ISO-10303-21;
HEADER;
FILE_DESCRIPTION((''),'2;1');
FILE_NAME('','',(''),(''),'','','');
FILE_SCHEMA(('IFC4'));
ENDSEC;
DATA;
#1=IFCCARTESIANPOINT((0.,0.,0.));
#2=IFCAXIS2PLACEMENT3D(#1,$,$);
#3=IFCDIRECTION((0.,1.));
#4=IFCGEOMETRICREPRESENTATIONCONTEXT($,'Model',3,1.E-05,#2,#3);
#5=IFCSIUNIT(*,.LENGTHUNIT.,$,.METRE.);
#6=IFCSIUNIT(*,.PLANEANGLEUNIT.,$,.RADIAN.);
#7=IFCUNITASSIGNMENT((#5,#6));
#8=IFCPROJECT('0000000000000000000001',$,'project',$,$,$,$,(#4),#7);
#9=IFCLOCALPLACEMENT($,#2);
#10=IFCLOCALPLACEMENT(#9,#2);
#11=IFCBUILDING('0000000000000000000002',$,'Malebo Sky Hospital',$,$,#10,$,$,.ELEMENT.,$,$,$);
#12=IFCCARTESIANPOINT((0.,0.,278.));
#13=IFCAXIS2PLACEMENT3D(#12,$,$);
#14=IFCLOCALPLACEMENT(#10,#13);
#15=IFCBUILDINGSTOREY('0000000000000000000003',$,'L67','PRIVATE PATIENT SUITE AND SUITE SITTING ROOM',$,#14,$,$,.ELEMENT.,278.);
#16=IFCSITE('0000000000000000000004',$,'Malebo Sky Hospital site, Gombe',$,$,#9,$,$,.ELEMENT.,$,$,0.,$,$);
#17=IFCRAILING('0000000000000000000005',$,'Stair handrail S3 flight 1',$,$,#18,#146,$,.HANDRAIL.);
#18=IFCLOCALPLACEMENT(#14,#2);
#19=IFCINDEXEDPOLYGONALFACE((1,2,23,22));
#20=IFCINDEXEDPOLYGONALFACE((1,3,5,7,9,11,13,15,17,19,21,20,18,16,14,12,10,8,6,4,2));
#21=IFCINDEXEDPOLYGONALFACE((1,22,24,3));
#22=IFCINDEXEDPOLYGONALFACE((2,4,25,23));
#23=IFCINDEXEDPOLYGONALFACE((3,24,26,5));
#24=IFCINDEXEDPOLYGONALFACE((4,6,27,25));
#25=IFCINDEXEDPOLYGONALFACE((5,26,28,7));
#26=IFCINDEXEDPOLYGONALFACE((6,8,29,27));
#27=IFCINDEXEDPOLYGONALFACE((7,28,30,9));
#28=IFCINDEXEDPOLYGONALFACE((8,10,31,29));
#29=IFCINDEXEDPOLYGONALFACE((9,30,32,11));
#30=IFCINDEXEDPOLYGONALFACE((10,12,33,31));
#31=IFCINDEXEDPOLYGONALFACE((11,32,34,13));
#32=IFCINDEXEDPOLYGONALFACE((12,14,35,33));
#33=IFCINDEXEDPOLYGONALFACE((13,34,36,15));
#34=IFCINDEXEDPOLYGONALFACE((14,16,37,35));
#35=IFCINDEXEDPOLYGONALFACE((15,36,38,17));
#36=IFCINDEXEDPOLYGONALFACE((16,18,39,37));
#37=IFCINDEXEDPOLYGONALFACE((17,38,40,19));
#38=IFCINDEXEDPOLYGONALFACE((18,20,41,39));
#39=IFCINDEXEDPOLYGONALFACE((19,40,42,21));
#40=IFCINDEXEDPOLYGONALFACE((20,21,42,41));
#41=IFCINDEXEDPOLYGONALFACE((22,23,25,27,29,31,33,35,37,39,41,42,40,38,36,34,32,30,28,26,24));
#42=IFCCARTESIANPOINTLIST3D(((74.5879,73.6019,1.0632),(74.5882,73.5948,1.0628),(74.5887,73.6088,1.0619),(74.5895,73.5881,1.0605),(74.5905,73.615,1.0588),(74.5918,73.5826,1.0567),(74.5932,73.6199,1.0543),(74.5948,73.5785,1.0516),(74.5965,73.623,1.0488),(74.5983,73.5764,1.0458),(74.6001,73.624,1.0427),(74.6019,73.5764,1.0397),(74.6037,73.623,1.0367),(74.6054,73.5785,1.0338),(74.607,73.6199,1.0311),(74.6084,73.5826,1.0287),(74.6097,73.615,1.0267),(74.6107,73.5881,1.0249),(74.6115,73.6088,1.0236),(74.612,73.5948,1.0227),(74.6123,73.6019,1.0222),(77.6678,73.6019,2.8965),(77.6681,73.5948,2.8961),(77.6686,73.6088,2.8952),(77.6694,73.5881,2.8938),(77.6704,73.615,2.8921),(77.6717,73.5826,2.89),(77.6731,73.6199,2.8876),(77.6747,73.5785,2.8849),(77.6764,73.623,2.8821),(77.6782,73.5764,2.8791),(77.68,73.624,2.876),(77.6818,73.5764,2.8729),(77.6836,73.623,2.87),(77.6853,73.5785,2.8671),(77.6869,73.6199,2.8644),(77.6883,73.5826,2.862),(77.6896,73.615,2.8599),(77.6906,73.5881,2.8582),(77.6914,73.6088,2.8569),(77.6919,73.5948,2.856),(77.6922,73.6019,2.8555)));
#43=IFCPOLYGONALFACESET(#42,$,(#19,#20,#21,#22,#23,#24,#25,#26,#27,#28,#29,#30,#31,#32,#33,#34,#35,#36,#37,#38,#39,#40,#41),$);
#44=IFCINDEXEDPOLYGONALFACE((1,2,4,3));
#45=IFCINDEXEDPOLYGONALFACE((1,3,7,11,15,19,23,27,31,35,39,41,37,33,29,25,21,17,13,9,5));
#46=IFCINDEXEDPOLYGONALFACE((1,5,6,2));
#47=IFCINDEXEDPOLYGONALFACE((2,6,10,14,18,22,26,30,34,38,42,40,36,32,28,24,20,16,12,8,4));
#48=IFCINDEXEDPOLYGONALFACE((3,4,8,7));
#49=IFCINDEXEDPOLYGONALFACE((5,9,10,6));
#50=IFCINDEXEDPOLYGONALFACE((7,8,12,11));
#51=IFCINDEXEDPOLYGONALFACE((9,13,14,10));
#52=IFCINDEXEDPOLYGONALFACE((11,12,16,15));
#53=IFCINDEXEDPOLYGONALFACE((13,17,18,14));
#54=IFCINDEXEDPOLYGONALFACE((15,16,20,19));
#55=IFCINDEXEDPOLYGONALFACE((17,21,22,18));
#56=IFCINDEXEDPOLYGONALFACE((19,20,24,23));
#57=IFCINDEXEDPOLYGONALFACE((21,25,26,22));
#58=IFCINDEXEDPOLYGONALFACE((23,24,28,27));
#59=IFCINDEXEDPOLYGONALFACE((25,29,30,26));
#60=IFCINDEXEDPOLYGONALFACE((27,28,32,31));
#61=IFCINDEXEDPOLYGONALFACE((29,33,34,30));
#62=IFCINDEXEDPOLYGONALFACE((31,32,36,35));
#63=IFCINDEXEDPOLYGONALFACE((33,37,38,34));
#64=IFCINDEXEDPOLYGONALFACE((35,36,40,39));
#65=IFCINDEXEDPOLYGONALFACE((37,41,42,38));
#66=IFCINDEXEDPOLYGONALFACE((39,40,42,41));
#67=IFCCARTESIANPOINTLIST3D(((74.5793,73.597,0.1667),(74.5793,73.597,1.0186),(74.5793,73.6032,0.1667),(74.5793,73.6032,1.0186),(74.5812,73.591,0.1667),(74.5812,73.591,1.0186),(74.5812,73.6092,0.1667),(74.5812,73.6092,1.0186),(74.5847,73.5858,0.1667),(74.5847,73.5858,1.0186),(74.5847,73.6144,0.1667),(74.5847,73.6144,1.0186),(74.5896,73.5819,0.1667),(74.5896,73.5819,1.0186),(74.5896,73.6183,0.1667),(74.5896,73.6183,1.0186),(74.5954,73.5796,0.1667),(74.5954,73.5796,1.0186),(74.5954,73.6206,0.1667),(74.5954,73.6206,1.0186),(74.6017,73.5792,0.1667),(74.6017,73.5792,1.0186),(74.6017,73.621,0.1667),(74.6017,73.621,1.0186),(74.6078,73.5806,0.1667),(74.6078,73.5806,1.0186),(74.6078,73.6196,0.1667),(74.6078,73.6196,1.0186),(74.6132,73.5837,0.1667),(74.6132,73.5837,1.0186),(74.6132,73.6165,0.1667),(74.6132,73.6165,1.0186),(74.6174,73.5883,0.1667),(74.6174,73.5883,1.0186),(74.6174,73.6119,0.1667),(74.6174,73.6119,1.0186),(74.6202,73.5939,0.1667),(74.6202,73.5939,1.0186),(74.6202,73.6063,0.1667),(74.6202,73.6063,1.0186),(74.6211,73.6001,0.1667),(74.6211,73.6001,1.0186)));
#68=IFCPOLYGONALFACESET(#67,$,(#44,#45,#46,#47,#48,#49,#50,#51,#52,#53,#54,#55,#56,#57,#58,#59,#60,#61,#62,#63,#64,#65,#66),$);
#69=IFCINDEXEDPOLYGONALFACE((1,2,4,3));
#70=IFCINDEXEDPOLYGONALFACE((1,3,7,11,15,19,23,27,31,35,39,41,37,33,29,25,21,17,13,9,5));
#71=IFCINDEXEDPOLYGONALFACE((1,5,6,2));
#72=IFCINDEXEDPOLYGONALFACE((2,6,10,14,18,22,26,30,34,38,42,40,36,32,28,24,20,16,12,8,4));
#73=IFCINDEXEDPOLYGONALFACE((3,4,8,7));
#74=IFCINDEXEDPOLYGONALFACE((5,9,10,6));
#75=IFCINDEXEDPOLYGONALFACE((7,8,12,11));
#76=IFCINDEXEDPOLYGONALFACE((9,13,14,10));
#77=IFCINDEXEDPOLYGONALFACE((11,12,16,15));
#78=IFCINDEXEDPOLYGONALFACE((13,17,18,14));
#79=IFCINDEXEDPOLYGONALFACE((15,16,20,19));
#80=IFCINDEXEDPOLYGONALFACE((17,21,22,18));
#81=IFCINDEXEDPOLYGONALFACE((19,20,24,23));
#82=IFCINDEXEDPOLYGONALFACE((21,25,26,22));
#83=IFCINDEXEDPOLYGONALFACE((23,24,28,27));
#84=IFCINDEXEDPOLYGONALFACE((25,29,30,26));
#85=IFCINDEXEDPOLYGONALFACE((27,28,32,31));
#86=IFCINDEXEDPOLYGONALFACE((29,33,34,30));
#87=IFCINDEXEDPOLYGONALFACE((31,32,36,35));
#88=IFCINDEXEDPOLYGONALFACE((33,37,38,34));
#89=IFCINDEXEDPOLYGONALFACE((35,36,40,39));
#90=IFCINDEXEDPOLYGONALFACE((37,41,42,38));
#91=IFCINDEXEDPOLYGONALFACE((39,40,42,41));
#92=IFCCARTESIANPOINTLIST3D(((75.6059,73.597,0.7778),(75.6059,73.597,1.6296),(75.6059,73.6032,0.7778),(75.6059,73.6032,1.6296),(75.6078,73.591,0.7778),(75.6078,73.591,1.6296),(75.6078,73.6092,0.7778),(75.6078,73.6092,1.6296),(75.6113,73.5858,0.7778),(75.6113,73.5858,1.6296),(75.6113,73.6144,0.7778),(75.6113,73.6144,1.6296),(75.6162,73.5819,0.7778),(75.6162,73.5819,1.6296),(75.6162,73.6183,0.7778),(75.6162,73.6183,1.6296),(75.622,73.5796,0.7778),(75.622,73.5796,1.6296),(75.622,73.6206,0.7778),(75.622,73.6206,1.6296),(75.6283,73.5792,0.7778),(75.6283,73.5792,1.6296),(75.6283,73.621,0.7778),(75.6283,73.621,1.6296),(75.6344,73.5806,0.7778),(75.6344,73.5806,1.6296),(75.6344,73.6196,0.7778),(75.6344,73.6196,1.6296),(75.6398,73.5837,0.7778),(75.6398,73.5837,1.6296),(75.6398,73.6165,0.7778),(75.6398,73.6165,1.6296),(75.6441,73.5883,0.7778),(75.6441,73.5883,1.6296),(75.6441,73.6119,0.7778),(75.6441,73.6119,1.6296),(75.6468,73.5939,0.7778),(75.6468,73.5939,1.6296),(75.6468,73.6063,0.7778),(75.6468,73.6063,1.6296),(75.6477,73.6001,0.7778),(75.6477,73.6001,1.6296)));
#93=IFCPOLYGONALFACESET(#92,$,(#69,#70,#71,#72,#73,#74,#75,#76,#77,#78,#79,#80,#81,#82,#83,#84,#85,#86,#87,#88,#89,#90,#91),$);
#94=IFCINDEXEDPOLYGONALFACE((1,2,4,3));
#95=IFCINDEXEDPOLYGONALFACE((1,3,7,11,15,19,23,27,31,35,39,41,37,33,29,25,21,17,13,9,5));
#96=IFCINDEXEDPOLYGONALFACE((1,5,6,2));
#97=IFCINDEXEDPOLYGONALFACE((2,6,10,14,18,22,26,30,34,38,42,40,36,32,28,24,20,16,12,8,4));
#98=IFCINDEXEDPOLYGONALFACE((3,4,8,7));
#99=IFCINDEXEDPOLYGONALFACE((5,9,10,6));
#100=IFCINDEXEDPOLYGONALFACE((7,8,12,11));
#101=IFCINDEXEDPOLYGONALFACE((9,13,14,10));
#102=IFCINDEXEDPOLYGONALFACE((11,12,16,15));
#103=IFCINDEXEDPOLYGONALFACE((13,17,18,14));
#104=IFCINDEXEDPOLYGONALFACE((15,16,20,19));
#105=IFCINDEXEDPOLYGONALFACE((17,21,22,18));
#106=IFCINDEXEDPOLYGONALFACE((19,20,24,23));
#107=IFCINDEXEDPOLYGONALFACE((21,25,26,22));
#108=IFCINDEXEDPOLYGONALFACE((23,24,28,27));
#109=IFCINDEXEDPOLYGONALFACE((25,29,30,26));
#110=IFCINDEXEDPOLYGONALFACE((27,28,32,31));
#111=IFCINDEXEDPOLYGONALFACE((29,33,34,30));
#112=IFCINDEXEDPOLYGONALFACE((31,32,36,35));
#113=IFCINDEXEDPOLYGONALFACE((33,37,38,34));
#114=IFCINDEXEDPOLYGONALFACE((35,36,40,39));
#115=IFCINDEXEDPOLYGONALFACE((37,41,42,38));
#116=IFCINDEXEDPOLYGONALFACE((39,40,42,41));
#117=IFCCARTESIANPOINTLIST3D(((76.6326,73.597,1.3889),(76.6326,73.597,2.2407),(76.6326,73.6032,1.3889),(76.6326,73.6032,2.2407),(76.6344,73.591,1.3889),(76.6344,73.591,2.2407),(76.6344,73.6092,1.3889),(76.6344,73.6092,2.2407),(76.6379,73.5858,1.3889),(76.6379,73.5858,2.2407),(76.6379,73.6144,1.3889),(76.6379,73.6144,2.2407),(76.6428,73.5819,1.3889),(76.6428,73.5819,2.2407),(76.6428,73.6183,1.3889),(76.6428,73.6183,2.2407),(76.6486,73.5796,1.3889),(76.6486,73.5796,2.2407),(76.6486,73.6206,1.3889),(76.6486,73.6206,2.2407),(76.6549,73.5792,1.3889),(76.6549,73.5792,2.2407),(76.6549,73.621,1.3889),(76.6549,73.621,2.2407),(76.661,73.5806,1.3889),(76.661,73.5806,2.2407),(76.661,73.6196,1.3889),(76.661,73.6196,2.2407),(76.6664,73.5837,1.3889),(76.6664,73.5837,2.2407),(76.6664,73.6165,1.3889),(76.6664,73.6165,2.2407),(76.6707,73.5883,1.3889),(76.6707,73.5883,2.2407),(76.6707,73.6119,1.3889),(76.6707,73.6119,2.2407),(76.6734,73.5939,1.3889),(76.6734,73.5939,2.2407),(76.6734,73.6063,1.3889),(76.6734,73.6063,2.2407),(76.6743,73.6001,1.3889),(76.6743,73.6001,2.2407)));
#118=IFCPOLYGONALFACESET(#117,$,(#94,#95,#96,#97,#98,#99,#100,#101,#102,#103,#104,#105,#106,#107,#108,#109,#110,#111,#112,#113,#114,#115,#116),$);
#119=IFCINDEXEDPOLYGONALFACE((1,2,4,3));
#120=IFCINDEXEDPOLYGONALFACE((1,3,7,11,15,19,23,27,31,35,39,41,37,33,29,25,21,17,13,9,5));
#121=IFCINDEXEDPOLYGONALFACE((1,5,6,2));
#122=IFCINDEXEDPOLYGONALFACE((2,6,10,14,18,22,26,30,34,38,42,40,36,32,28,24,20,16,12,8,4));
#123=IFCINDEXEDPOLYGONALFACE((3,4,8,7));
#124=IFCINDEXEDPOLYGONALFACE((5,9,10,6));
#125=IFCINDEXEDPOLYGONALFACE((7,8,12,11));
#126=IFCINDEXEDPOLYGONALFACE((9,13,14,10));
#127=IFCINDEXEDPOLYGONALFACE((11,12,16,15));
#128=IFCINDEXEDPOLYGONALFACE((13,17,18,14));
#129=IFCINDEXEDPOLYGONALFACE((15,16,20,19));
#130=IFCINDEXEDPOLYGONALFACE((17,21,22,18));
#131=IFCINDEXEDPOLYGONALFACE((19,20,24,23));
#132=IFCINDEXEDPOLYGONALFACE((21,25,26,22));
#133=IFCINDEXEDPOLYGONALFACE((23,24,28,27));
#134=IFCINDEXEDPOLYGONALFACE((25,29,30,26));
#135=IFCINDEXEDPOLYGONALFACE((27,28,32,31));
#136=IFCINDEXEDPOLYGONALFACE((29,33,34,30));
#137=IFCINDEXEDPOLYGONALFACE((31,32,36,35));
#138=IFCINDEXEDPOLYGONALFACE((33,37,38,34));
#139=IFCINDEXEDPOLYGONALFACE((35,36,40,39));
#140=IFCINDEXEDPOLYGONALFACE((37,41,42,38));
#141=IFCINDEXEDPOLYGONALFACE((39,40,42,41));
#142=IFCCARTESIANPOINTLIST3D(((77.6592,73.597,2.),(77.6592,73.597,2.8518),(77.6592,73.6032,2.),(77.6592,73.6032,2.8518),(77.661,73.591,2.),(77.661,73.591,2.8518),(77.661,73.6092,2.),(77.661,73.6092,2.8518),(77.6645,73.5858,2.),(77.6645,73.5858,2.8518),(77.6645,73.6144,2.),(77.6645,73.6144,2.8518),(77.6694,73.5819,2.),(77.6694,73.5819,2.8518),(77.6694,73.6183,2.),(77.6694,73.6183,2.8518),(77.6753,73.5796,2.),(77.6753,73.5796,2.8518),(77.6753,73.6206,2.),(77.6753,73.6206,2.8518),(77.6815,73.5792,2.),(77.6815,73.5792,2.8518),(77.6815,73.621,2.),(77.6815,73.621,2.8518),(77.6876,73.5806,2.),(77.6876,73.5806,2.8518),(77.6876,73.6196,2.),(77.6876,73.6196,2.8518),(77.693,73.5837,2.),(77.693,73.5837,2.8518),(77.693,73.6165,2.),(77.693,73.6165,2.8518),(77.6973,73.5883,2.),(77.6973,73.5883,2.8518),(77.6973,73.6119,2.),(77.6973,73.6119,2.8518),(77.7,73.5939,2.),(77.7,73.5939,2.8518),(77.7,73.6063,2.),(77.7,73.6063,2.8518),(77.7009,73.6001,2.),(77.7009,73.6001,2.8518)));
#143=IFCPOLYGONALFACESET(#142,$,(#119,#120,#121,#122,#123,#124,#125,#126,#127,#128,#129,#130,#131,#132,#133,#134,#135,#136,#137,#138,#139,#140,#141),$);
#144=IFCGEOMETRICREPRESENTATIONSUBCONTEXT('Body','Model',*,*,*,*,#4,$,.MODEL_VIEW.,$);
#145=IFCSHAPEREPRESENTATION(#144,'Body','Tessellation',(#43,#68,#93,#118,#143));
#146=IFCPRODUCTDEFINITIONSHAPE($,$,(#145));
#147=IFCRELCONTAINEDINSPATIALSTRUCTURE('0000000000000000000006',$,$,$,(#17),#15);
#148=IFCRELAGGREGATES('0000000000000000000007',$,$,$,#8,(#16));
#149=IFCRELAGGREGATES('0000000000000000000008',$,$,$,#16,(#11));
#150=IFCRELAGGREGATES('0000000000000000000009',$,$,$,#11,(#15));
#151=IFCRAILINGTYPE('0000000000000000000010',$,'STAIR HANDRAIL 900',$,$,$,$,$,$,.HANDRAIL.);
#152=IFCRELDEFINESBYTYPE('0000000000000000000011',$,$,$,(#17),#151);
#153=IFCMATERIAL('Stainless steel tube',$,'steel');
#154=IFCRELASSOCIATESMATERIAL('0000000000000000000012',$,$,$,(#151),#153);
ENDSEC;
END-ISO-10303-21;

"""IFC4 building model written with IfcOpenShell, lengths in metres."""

from ifc_helpers import new_model, si_unit, direction, frame, origin, origin_2d, place, context, subcontext, project, spatial, circle, extrude, material, type_object, element, save


model = new_model("IFC4")

# Units and contexts
model_context = context("Model", 3, precision=1e-05, world=origin(), true_north=direction((0.0, 1.0)))
body_context = subcontext(model_context, "Body", "Model", "MODEL_VIEW")
ifc_project = project(units=[si_unit("LENGTHUNIT", "METRE"), si_unit("PLANEANGLEUNIT", "RADIAN")], contexts=[model_context])

# Site, building, storey
site_placement = place(None, origin())
site = spatial("IfcSite", under=ifc_project, at=site_placement, Name="Malebo Sky Hospital site, Gombe", CompositionType="ELEMENT", RefElevation=0.0)
building_placement = place(site_placement, origin())
building = spatial("IfcBuilding", under=site, at=building_placement, Name="Malebo Sky Hospital", CompositionType="ELEMENT")
storey_placement = place(building_placement, frame((0.0, 0.0, 278.0)))
storey = spatial("IfcBuildingStorey", under=building, at=storey_placement, Name="L67", Description="PRIVATE PATIENT SUITE AND SUITE SITTING ROOM", CompositionType="ELEMENT", Elevation=278.0)

# Railing
ifc_material_1 = material(Name="Stainless steel tube", Category="steel")
railing_type_1 = type_object("IfcRailingType", Name="STAIR HANDRAIL 900", PredefinedType="HANDRAIL", material=ifc_material_1)
railing_1_placement = place(storey_placement, frame((74.6001, 73.6001, 0.1667)))
element("IfcRailing", 1, at=railing_1_placement, inside=storey, type_object=railing_type_1, Name="Stair handrail S3 flight 1", PredefinedType="HANDRAIL", context=body_context, shape_type="SweptSolid", body=[
    extrude(circle(Radius=0.0239, at=origin_2d()), frame((0.0, 0.0, 0.876), z_axis=(0.859291, 0.0, 0.511487), x_axis=(0.0, 1.0, 0.0)), (0.0, 0.0, 1.0), 3.5842),
    extrude(circle(Radius=0.021, at=origin_2d()), origin(), (0.0, 0.0, 1.0), 0.8518),
    extrude(circle(Radius=0.021, at=origin_2d()), frame((1.0266, 0.0, 0.6111)), (0.0, 0.0, 1.0), 0.8518),
    extrude(circle(Radius=0.021, at=origin_2d()), frame((2.0532, 0.0, 1.2222)), (0.0, 0.0, 1.0), 0.8518),
    extrude(circle(Radius=0.021, at=origin_2d()), frame((3.0798, 0.0, 1.8333)), (0.0, 0.0, 1.0), 0.8518),
])

save(model, "model.ifc")
